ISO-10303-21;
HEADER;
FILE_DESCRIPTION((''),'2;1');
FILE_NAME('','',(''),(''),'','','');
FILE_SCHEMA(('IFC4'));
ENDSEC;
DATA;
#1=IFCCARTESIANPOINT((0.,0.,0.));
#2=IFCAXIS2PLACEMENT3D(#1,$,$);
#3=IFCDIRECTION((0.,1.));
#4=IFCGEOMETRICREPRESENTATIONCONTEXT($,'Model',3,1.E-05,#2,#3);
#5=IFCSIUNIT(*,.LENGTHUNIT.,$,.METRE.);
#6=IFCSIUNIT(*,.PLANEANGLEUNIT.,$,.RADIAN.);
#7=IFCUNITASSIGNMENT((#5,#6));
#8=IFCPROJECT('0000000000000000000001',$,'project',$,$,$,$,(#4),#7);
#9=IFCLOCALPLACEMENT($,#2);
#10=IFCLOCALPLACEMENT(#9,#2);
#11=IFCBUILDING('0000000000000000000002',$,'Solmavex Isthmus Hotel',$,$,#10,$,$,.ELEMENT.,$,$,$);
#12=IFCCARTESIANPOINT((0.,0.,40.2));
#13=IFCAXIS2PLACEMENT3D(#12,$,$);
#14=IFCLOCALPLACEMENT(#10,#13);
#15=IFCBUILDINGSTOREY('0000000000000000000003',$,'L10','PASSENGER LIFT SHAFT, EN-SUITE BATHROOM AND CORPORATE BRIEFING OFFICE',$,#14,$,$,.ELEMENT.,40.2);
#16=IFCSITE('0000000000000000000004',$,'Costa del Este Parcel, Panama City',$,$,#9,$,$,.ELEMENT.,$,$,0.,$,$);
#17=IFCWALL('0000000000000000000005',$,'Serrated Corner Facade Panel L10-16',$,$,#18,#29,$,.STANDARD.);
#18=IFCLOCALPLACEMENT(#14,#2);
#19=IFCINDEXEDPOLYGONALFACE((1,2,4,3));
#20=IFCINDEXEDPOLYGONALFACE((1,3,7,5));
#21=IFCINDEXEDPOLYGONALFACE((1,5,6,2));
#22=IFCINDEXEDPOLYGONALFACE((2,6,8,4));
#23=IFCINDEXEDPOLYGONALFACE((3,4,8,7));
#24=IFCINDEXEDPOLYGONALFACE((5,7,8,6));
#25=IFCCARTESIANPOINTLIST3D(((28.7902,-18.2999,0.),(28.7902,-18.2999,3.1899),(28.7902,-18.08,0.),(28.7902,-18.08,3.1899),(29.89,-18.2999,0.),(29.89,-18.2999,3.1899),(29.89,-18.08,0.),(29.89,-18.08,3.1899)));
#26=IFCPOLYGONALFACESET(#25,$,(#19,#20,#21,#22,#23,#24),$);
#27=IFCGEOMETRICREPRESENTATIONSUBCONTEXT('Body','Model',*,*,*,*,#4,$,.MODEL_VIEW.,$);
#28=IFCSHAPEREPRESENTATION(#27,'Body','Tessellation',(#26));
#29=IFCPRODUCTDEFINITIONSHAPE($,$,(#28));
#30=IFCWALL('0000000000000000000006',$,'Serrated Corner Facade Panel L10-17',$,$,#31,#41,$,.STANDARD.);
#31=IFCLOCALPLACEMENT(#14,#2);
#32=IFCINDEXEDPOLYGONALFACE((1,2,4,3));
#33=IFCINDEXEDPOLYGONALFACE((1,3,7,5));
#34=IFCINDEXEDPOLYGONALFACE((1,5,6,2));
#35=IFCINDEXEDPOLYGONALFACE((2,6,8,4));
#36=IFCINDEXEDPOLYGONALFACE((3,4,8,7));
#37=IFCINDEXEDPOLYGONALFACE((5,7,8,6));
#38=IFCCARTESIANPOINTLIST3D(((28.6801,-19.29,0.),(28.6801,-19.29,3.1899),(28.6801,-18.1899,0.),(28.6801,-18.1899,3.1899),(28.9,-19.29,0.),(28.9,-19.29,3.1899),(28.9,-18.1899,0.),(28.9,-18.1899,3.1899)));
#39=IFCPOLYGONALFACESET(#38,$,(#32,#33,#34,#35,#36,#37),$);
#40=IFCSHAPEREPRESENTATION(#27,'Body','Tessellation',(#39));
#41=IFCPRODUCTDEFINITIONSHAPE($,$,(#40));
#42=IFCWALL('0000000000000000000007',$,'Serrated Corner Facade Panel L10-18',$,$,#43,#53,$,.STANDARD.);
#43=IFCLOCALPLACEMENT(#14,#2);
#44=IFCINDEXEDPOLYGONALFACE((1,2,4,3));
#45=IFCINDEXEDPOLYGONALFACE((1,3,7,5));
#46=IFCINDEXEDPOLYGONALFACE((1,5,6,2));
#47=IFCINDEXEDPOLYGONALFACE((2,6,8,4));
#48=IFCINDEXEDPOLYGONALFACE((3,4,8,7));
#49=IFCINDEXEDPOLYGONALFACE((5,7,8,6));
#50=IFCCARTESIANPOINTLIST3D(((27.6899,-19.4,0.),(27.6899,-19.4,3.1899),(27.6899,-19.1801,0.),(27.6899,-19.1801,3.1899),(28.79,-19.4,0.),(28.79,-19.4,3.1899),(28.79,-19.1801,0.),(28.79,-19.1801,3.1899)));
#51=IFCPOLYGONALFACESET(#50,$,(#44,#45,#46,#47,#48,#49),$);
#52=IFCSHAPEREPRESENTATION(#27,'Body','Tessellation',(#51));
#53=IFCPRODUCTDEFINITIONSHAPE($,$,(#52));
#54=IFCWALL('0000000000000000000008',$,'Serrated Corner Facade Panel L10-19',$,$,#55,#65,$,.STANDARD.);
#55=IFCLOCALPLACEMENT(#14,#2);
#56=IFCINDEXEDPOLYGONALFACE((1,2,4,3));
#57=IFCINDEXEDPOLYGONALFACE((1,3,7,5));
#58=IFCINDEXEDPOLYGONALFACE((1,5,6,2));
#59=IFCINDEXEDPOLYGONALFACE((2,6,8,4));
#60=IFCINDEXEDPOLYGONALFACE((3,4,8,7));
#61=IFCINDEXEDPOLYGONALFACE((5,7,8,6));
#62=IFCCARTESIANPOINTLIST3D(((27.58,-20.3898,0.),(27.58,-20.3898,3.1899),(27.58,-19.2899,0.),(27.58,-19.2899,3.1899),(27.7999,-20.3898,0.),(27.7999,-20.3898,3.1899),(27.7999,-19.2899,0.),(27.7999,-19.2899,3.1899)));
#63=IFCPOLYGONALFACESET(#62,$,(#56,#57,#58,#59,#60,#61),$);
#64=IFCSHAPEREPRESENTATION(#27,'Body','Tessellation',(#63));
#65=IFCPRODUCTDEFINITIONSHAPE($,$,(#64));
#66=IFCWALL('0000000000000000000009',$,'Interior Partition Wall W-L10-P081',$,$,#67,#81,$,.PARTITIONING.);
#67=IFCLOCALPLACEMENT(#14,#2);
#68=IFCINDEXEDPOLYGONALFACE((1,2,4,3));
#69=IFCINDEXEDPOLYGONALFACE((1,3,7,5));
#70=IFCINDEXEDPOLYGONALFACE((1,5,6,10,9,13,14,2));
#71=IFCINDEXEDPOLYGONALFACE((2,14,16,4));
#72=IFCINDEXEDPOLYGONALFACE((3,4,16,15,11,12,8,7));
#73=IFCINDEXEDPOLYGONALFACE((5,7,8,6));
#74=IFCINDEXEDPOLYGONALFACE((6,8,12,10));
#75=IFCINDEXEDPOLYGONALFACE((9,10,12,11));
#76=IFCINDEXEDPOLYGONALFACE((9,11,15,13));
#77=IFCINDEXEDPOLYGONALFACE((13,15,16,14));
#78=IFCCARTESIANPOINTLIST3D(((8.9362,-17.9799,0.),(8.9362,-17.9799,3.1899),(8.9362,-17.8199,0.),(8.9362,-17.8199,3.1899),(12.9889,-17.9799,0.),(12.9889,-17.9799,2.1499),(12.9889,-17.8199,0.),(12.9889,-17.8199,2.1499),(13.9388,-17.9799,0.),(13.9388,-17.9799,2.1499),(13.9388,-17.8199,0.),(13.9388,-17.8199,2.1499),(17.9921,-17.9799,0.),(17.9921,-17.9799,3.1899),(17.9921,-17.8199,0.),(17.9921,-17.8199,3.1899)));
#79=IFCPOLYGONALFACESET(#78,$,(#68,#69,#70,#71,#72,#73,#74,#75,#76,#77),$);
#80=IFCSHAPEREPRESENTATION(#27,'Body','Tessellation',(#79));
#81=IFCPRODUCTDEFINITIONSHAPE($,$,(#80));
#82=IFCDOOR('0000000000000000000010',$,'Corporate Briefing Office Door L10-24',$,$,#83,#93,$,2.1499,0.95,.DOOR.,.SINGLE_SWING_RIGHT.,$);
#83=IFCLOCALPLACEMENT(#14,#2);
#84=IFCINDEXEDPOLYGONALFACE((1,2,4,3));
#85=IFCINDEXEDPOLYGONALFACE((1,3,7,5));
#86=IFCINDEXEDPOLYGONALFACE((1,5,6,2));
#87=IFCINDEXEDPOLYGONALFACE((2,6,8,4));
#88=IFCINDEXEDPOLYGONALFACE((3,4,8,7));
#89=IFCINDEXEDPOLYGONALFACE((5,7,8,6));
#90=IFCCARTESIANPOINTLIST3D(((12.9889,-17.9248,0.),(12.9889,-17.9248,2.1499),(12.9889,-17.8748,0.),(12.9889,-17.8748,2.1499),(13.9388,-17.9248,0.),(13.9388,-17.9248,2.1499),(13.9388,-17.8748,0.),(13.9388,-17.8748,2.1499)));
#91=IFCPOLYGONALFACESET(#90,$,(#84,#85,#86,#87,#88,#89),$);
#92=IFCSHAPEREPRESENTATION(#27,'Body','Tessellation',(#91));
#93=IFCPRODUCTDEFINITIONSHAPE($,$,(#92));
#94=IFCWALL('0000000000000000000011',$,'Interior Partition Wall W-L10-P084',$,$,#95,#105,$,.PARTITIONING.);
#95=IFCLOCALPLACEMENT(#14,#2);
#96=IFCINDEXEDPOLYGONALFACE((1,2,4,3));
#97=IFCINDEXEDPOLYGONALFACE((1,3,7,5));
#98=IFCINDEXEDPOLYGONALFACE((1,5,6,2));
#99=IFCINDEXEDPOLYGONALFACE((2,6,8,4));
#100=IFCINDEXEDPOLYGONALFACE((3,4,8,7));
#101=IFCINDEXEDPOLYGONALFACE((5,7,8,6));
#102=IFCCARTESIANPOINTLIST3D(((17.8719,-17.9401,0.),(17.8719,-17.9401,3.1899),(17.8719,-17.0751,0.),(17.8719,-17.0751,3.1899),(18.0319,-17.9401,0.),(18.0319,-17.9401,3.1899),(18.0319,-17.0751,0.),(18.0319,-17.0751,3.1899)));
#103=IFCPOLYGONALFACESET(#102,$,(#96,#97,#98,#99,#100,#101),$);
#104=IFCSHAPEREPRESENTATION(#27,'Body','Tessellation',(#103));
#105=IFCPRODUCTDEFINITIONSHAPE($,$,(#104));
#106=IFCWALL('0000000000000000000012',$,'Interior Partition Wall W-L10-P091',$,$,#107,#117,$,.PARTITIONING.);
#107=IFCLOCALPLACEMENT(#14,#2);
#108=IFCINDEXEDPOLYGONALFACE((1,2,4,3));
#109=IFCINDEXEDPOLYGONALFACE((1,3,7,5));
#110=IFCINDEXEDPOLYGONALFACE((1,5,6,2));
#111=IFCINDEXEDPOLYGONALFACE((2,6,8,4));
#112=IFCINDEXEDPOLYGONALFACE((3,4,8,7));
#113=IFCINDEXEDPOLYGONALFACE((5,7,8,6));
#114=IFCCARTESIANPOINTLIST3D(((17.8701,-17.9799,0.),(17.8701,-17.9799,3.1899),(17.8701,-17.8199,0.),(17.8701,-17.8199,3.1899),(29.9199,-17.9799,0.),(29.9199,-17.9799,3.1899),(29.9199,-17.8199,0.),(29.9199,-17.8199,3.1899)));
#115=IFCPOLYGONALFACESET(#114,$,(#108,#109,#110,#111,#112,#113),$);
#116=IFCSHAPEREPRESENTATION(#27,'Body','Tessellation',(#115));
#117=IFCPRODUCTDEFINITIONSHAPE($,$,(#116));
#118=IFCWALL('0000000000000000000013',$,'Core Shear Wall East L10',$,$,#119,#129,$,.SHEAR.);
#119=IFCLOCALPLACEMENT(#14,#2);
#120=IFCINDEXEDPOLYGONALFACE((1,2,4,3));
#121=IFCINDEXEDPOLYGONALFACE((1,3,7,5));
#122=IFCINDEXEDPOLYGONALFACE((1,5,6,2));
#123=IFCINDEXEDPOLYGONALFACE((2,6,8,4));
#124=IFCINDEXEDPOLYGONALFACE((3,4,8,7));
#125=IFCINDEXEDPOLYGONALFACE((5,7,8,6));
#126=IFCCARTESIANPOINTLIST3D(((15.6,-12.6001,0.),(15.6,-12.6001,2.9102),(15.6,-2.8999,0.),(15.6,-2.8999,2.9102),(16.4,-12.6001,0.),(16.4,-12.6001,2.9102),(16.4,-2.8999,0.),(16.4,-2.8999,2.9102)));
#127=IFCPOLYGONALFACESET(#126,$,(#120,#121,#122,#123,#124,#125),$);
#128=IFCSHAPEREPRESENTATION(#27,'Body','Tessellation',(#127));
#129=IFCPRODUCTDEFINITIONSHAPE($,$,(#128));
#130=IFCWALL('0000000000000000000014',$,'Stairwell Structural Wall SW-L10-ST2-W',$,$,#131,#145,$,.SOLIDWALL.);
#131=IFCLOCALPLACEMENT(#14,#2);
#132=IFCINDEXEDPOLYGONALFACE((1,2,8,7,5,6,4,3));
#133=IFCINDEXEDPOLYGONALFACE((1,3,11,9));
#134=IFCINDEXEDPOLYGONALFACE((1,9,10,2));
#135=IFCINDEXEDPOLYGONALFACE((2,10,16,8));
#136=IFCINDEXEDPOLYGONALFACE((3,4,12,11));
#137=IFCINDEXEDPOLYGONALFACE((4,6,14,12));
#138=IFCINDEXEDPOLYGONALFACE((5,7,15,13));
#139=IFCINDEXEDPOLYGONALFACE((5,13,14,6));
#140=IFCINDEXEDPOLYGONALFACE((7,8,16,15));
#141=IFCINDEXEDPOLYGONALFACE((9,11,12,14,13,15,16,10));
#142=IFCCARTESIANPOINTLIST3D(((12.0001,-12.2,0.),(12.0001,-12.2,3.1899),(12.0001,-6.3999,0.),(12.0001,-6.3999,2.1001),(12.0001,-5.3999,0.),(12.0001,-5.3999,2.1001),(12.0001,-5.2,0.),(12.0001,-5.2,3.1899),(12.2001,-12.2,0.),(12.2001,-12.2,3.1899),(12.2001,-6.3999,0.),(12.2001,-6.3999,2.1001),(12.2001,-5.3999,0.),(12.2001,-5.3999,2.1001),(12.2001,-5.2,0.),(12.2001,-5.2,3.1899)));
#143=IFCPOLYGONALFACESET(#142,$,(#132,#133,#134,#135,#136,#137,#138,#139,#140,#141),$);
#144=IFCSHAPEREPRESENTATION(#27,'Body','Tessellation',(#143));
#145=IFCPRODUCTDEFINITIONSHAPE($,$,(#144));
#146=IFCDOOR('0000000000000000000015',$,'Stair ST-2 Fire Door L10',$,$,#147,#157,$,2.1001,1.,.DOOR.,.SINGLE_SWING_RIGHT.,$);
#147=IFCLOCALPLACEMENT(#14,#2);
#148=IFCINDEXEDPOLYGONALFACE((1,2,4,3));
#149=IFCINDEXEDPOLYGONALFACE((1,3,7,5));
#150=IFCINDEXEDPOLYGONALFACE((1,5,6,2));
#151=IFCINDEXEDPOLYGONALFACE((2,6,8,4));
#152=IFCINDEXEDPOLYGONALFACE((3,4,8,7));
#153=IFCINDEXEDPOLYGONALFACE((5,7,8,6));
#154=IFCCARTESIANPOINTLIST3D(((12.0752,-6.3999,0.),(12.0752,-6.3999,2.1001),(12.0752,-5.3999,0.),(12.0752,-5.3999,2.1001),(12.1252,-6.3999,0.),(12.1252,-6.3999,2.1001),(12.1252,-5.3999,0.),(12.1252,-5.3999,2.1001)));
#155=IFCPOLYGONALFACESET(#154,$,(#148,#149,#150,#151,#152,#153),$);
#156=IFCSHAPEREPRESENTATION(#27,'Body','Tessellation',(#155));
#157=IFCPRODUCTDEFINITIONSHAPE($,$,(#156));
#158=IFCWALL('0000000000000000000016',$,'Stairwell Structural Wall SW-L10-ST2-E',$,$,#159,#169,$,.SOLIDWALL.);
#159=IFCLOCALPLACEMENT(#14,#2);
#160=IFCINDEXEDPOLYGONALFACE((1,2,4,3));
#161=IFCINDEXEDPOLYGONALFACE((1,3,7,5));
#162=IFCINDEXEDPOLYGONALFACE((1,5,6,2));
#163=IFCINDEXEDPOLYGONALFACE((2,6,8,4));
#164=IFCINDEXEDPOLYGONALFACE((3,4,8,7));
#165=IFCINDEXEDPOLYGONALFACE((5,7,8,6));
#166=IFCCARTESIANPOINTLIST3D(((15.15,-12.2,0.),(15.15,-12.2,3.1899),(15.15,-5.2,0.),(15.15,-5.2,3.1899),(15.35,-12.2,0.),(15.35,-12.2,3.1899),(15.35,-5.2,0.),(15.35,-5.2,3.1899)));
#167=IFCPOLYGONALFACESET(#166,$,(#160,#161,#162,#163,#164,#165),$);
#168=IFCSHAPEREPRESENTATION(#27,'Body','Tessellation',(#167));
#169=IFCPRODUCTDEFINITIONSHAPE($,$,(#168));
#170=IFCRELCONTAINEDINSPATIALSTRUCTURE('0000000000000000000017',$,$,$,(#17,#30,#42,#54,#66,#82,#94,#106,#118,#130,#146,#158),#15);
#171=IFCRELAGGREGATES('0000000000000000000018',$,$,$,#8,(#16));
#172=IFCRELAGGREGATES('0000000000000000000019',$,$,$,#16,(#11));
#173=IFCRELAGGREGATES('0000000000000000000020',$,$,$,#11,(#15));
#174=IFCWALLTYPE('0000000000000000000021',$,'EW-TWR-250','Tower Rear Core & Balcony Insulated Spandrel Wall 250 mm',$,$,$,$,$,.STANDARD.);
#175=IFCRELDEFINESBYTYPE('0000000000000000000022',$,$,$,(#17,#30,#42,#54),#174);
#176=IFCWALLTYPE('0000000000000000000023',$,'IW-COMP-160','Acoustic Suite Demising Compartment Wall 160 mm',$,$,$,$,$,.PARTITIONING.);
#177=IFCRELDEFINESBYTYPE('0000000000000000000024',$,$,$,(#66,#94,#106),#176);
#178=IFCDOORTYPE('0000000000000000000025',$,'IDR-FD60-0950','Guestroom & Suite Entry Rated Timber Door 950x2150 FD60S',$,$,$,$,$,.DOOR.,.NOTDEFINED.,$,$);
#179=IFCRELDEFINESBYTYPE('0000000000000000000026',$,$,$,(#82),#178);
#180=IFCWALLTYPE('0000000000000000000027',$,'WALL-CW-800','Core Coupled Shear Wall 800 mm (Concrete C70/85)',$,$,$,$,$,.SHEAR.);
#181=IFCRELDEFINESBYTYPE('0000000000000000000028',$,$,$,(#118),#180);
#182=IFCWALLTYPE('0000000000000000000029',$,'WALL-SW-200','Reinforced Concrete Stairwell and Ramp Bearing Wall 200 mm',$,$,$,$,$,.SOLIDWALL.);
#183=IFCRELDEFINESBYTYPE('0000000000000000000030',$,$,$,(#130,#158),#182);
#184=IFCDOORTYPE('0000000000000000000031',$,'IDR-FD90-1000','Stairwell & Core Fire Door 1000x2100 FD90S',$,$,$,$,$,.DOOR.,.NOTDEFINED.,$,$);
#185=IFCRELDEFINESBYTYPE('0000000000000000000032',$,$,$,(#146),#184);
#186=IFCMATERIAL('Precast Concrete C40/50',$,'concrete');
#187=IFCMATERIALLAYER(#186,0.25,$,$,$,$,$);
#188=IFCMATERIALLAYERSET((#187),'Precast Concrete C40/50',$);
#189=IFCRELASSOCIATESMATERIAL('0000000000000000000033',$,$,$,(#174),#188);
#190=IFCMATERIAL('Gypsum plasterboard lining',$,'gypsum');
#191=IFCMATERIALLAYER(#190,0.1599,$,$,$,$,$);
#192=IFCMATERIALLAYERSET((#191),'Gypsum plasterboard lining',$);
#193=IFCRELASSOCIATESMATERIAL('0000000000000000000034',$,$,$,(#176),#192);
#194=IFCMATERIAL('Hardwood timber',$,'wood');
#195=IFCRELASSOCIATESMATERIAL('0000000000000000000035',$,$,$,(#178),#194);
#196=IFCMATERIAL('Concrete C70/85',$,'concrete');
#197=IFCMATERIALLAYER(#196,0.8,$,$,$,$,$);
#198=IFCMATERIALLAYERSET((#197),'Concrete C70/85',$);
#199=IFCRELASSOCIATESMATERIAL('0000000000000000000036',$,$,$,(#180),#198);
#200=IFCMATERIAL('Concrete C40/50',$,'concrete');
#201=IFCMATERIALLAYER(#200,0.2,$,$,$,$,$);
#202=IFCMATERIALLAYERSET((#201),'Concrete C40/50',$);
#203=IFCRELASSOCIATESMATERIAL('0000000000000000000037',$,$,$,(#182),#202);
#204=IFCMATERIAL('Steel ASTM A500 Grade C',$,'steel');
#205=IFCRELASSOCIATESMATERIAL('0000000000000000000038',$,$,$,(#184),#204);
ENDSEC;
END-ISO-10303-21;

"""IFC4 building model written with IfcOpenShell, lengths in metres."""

from ifc_helpers import new_model, si_unit, direction, frame, frame_2d, origin, place, context, subcontext, project, spatial, rectangle, extrude, material, layer, layer_set, type_object, element, fill, save


model = new_model("IFC4")

# Units and contexts
model_context = context("Model", 3, precision=1e-05, world=origin(), true_north=direction((0.0, 1.0)))
body_context = subcontext(model_context, "Body", "Model", "MODEL_VIEW")
ifc_project = project(units=[si_unit("LENGTHUNIT", "METRE"), si_unit("PLANEANGLEUNIT", "RADIAN")], contexts=[model_context])

# Site, building, storey
site_placement = place(None, origin())
site = spatial("IfcSite", under=ifc_project, at=site_placement, Name="Costa del Este Parcel, Panama City", CompositionType="ELEMENT", RefElevation=0.0)
building_placement = place(site_placement, origin())
building = spatial("IfcBuilding", under=site, at=building_placement, Name="Solmavex Isthmus Hotel", CompositionType="ELEMENT")
storey_placement = place(building_placement, frame((0.0, 0.0, 40.2)))
storey = spatial("IfcBuildingStorey", under=building, at=storey_placement, Name="L10", Description="PASSENGER LIFT SHAFT, EN-SUITE BATHROOM AND CORPORATE BRIEFING OFFICE", CompositionType="ELEMENT", Elevation=40.2)

# Shared definitions
ifc_material_1 = material(Name="Concrete C70/85", Category="concrete")

# Walls
ifc_material_2 = material(Name="Precast Concrete C40/50", Category="concrete")
ifc_layer_1 = layer(ifc_material_2, 0.25)
ifc_layer_set_1 = layer_set([ifc_layer_1], Name="Precast Concrete C40/50")
wall_type_1 = type_object("IfcWallType", Name="EW-TWR-250", Description="Tower Rear Core & Balcony Insulated Spandrel Wall 250 mm", PredefinedType="STANDARD", material=ifc_layer_set_1)
wall_1_placement = place(storey_placement, frame((29.8899, -18.1899, 0.0), z_axis=(0.0, 0.0, 1.0), x_axis=(-1.0, 0.0, 0.0)))
element("IfcWall", 1, at=wall_1_placement, inside=storey, type_object=wall_type_1, Name="Serrated Corner Facade Panel L10-16", PredefinedType="STANDARD", context=body_context, shape_type="SweptSolid", body=[
    extrude(rectangle(XDim=1.0999, YDim=0.22, at=frame_2d((0.5498, 0.0))), origin(), (0.0, 0.0, 1.0), 3.1899),
])
for number, where, z_axis, x_axis, name in (
    (2, (28.79, -18.1899, 0.0), (0.0, 0.0, 1.0), (0.0, -1.0, 0.0), "Serrated Corner Facade Panel L10-17"),
    (3, (28.79, -19.29, 0.0), (0.0, 0.0, 1.0), (-1.0, 0.0, 0.0), "Serrated Corner Facade Panel L10-18"),
):
    element("IfcWall", number, at=place(storey_placement, frame(where, z_axis=z_axis, x_axis=x_axis)), inside=storey, type_object=wall_type_1, Name=name, PredefinedType="STANDARD", context=body_context, shape_type="SweptSolid", body=[
        extrude(rectangle(XDim=1.1001, YDim=0.22, at=frame_2d((0.55, 0.0))), origin(), (0.0, 0.0, 1.0), 3.1899),
    ])
wall_2_placement = place(storey_placement, frame((27.6899, -19.29, 0.0), z_axis=(0.0, 0.0, 1.0), x_axis=(0.0, -1.0, 0.0)))
element("IfcWall", 4, at=wall_2_placement, inside=storey, type_object=wall_type_1, Name="Serrated Corner Facade Panel L10-19", PredefinedType="STANDARD", context=body_context, shape_type="SweptSolid", body=[
    extrude(rectangle(XDim=1.0999, YDim=0.22, at=frame_2d((0.5498, 0.0))), origin(), (0.0, 0.0, 1.0), 3.1899),
])

# Wall, opening, door
ifc_material_3 = material(Name="Gypsum plasterboard lining", Category="gypsum")
ifc_layer_2 = layer(ifc_material_3, 0.1599)
ifc_layer_set_2 = layer_set([ifc_layer_2], Name="Gypsum plasterboard lining")
wall_type_2 = type_object("IfcWallType", Name="IW-COMP-160", Description="Acoustic Suite Demising Compartment Wall 160 mm", PredefinedType="PARTITIONING", material=ifc_layer_set_2)
wall_3_placement = place(storey_placement, frame((17.9919, -17.8999, 0.0), z_axis=(0.0, 0.0, 1.0), x_axis=(-1.0, 0.0, 0.0)))
wall_3 = element("IfcWall", 5, at=wall_3_placement, inside=storey, type_object=wall_type_2, Name="Interior Partition Wall W-L10-P081", PredefinedType="PARTITIONING", context=body_context, shape_type="SweptSolid", body=[
    extrude(rectangle(XDim=9.0559, YDim=0.1599, at=frame_2d((4.5278, 0.0))), origin(), (0.0, 0.0, 1.0), 3.1899),
])
opening_1_placement = place(wall_3_placement, frame((4.053, 0.0, 0.0)))
opening_1 = element("IfcOpeningElement", 6, at=opening_1_placement, cuts=wall_3, PredefinedType="OPENING", context=body_context, shape_type="SweptSolid", body=[
    extrude(rectangle(XDim=0.95, YDim=2.1499, at=frame_2d((0.4751, 1.075))), frame((0.0, 0.0898, 0.0), z_axis=(0.0, -1.0, 0.0), x_axis=(1.0, 0.0, 0.0)), (0.0, 0.0, 1.0), 0.1799),
])
ifc_material_4 = material(Name="Hardwood timber", Category="wood")
door_type_1 = type_object("IfcDoorType", Name="IDR-FD60-0950", Description="Guestroom & Suite Entry Rated Timber Door 950x2150 FD60S", OperationType="NOTDEFINED", PredefinedType="DOOR", material=ifc_material_4)
door_1_placement = place(opening_1_placement, origin())
door_1 = element("IfcDoor", 7, at=door_1_placement, inside=storey, type_object=door_type_1, Name="Corporate Briefing Office Door L10-24", OperationType="SINGLE_SWING_RIGHT", OverallHeight=2.1499, OverallWidth=0.95, PredefinedType="DOOR", context=body_context, shape_type="SweptSolid", body=[
    extrude(rectangle(XDim=0.95, YDim=2.1499, at=frame_2d((0.4751, 1.075))), frame((0.0, 0.0249, 0.0), z_axis=(0.0, -1.0, 0.0), x_axis=(1.0, 0.0, 0.0)), (0.0, 0.0, 1.0), 0.05),
])
fill(opening_1, door_1)

# Walls
wall_4_placement = place(storey_placement, frame((17.9519, -17.075, 0.0), z_axis=(0.0, 0.0, 1.0), x_axis=(0.0, -1.0, 0.0)))
element("IfcWall", 8, at=wall_4_placement, inside=storey, type_object=wall_type_2, Name="Interior Partition Wall W-L10-P084", PredefinedType="PARTITIONING", context=body_context, shape_type="SweptSolid", body=[
    extrude(rectangle(XDim=0.865, YDim=0.1599, at=frame_2d((0.4326, 0.0))), origin(), (0.0, 0.0, 1.0), 3.1899),
])
wall_5_placement = place(storey_placement, frame((17.8701, -17.8999, 0.0), z_axis=(0.0, 0.0, 1.0), x_axis=(1.0, 0.0, 0.0)))
element("IfcWall", 9, at=wall_5_placement, inside=storey, type_object=wall_type_2, Name="Interior Partition Wall W-L10-P091", PredefinedType="PARTITIONING", context=body_context, shape_type="SweptSolid", body=[
    extrude(rectangle(XDim=12.0498, YDim=0.1599, at=frame_2d((6.0249, 0.0))), origin(), (0.0, 0.0, 1.0), 3.1899),
])
ifc_layer_3 = layer(ifc_material_1, 0.8)
ifc_layer_set_3 = layer_set([ifc_layer_3], Name="Concrete C70/85")
wall_type_3 = type_object("IfcWallType", Name="WALL-CW-800", Description="Core Coupled Shear Wall 800 mm (Concrete C70/85)", PredefinedType="SHEAR", material=ifc_layer_set_3)
wall_6_placement = place(storey_placement, frame((16.0, -12.6001, 0.0), z_axis=(0.0, 0.0, 1.0), x_axis=(0.0, 1.0, 0.0)))
element("IfcWall", 10, at=wall_6_placement, inside=storey, type_object=wall_type_3, Name="Core Shear Wall East L10", PredefinedType="SHEAR", context=body_context, shape_type="SweptSolid", body=[
    extrude(rectangle(XDim=9.7002, YDim=0.8, at=frame_2d((4.8501, 0.0))), origin(), (0.0, 0.0, 1.0), 2.9102),
])

# Wall, opening, door
ifc_material_5 = material(Name="Concrete C40/50", Category="concrete")
ifc_layer_4 = layer(ifc_material_5, 0.2)
ifc_layer_set_4 = layer_set([ifc_layer_4], Name="Concrete C40/50")
wall_type_4 = type_object("IfcWallType", Name="WALL-SW-200", Description="Reinforced Concrete Stairwell and Ramp Bearing Wall 200 mm", PredefinedType="SOLIDWALL", material=ifc_layer_set_4)
wall_7_placement = place(storey_placement, frame((12.1001, -12.2, 0.0), z_axis=(0.0, 0.0, 1.0), x_axis=(0.0, 1.0, 0.0)))
wall_7 = element("IfcWall", 11, at=wall_7_placement, inside=storey, type_object=wall_type_4, Name="Stairwell Structural Wall SW-L10-ST2-W", PredefinedType="SOLIDWALL", context=body_context, shape_type="SweptSolid", body=[
    extrude(rectangle(XDim=7.0, YDim=0.2, at=frame_2d((3.5, 0.0))), origin(), (0.0, 0.0, 1.0), 3.1899),
])
opening_2_placement = place(wall_7_placement, frame((5.8, 0.0, 0.0)))
opening_2 = element("IfcOpeningElement", 12, at=opening_2_placement, cuts=wall_7, PredefinedType="OPENING", context=body_context, shape_type="SweptSolid", body=[
    extrude(rectangle(XDim=1.0, YDim=2.1001, at=frame_2d((0.5, 1.05))), frame((0.0, 0.1099, 0.0), z_axis=(0.0, -1.0, 0.0), x_axis=(1.0, 0.0, 0.0)), (0.0, 0.0, 1.0), 0.22),
])
ifc_material_6 = material(Name="Steel ASTM A500 Grade C", Category="steel")
door_type_2 = type_object("IfcDoorType", Name="IDR-FD90-1000", Description="Stairwell & Core Fire Door 1000x2100 FD90S", OperationType="NOTDEFINED", PredefinedType="DOOR", material=ifc_material_6)
door_2_placement = place(opening_2_placement, origin())
door_2 = element("IfcDoor", 13, at=door_2_placement, inside=storey, type_object=door_type_2, Name="Stair ST-2 Fire Door L10", OperationType="SINGLE_SWING_RIGHT", OverallHeight=2.1001, OverallWidth=1.0, PredefinedType="DOOR", context=body_context, shape_type="SweptSolid", body=[
    extrude(rectangle(XDim=1.0, YDim=2.1001, at=frame_2d((0.5, 1.05))), frame((0.0, 0.0249, 0.0), z_axis=(0.0, -1.0, 0.0), x_axis=(1.0, 0.0, 0.0)), (0.0, 0.0, 1.0), 0.05),
])
fill(opening_2, door_2)

# Wall
wall_8_placement = place(storey_placement, frame((15.25, -12.2, 0.0), z_axis=(0.0, 0.0, 1.0), x_axis=(0.0, 1.0, 0.0)))
element("IfcWall", 14, at=wall_8_placement, inside=storey, type_object=wall_type_4, Name="Stairwell Structural Wall SW-L10-ST2-E", PredefinedType="SOLIDWALL", context=body_context, shape_type="SweptSolid", body=[
    extrude(rectangle(XDim=7.0, YDim=0.2, at=frame_2d((3.5, 0.0))), origin(), (0.0, 0.0, 1.0), 3.1899),
])

save(model, "model.ifc")
